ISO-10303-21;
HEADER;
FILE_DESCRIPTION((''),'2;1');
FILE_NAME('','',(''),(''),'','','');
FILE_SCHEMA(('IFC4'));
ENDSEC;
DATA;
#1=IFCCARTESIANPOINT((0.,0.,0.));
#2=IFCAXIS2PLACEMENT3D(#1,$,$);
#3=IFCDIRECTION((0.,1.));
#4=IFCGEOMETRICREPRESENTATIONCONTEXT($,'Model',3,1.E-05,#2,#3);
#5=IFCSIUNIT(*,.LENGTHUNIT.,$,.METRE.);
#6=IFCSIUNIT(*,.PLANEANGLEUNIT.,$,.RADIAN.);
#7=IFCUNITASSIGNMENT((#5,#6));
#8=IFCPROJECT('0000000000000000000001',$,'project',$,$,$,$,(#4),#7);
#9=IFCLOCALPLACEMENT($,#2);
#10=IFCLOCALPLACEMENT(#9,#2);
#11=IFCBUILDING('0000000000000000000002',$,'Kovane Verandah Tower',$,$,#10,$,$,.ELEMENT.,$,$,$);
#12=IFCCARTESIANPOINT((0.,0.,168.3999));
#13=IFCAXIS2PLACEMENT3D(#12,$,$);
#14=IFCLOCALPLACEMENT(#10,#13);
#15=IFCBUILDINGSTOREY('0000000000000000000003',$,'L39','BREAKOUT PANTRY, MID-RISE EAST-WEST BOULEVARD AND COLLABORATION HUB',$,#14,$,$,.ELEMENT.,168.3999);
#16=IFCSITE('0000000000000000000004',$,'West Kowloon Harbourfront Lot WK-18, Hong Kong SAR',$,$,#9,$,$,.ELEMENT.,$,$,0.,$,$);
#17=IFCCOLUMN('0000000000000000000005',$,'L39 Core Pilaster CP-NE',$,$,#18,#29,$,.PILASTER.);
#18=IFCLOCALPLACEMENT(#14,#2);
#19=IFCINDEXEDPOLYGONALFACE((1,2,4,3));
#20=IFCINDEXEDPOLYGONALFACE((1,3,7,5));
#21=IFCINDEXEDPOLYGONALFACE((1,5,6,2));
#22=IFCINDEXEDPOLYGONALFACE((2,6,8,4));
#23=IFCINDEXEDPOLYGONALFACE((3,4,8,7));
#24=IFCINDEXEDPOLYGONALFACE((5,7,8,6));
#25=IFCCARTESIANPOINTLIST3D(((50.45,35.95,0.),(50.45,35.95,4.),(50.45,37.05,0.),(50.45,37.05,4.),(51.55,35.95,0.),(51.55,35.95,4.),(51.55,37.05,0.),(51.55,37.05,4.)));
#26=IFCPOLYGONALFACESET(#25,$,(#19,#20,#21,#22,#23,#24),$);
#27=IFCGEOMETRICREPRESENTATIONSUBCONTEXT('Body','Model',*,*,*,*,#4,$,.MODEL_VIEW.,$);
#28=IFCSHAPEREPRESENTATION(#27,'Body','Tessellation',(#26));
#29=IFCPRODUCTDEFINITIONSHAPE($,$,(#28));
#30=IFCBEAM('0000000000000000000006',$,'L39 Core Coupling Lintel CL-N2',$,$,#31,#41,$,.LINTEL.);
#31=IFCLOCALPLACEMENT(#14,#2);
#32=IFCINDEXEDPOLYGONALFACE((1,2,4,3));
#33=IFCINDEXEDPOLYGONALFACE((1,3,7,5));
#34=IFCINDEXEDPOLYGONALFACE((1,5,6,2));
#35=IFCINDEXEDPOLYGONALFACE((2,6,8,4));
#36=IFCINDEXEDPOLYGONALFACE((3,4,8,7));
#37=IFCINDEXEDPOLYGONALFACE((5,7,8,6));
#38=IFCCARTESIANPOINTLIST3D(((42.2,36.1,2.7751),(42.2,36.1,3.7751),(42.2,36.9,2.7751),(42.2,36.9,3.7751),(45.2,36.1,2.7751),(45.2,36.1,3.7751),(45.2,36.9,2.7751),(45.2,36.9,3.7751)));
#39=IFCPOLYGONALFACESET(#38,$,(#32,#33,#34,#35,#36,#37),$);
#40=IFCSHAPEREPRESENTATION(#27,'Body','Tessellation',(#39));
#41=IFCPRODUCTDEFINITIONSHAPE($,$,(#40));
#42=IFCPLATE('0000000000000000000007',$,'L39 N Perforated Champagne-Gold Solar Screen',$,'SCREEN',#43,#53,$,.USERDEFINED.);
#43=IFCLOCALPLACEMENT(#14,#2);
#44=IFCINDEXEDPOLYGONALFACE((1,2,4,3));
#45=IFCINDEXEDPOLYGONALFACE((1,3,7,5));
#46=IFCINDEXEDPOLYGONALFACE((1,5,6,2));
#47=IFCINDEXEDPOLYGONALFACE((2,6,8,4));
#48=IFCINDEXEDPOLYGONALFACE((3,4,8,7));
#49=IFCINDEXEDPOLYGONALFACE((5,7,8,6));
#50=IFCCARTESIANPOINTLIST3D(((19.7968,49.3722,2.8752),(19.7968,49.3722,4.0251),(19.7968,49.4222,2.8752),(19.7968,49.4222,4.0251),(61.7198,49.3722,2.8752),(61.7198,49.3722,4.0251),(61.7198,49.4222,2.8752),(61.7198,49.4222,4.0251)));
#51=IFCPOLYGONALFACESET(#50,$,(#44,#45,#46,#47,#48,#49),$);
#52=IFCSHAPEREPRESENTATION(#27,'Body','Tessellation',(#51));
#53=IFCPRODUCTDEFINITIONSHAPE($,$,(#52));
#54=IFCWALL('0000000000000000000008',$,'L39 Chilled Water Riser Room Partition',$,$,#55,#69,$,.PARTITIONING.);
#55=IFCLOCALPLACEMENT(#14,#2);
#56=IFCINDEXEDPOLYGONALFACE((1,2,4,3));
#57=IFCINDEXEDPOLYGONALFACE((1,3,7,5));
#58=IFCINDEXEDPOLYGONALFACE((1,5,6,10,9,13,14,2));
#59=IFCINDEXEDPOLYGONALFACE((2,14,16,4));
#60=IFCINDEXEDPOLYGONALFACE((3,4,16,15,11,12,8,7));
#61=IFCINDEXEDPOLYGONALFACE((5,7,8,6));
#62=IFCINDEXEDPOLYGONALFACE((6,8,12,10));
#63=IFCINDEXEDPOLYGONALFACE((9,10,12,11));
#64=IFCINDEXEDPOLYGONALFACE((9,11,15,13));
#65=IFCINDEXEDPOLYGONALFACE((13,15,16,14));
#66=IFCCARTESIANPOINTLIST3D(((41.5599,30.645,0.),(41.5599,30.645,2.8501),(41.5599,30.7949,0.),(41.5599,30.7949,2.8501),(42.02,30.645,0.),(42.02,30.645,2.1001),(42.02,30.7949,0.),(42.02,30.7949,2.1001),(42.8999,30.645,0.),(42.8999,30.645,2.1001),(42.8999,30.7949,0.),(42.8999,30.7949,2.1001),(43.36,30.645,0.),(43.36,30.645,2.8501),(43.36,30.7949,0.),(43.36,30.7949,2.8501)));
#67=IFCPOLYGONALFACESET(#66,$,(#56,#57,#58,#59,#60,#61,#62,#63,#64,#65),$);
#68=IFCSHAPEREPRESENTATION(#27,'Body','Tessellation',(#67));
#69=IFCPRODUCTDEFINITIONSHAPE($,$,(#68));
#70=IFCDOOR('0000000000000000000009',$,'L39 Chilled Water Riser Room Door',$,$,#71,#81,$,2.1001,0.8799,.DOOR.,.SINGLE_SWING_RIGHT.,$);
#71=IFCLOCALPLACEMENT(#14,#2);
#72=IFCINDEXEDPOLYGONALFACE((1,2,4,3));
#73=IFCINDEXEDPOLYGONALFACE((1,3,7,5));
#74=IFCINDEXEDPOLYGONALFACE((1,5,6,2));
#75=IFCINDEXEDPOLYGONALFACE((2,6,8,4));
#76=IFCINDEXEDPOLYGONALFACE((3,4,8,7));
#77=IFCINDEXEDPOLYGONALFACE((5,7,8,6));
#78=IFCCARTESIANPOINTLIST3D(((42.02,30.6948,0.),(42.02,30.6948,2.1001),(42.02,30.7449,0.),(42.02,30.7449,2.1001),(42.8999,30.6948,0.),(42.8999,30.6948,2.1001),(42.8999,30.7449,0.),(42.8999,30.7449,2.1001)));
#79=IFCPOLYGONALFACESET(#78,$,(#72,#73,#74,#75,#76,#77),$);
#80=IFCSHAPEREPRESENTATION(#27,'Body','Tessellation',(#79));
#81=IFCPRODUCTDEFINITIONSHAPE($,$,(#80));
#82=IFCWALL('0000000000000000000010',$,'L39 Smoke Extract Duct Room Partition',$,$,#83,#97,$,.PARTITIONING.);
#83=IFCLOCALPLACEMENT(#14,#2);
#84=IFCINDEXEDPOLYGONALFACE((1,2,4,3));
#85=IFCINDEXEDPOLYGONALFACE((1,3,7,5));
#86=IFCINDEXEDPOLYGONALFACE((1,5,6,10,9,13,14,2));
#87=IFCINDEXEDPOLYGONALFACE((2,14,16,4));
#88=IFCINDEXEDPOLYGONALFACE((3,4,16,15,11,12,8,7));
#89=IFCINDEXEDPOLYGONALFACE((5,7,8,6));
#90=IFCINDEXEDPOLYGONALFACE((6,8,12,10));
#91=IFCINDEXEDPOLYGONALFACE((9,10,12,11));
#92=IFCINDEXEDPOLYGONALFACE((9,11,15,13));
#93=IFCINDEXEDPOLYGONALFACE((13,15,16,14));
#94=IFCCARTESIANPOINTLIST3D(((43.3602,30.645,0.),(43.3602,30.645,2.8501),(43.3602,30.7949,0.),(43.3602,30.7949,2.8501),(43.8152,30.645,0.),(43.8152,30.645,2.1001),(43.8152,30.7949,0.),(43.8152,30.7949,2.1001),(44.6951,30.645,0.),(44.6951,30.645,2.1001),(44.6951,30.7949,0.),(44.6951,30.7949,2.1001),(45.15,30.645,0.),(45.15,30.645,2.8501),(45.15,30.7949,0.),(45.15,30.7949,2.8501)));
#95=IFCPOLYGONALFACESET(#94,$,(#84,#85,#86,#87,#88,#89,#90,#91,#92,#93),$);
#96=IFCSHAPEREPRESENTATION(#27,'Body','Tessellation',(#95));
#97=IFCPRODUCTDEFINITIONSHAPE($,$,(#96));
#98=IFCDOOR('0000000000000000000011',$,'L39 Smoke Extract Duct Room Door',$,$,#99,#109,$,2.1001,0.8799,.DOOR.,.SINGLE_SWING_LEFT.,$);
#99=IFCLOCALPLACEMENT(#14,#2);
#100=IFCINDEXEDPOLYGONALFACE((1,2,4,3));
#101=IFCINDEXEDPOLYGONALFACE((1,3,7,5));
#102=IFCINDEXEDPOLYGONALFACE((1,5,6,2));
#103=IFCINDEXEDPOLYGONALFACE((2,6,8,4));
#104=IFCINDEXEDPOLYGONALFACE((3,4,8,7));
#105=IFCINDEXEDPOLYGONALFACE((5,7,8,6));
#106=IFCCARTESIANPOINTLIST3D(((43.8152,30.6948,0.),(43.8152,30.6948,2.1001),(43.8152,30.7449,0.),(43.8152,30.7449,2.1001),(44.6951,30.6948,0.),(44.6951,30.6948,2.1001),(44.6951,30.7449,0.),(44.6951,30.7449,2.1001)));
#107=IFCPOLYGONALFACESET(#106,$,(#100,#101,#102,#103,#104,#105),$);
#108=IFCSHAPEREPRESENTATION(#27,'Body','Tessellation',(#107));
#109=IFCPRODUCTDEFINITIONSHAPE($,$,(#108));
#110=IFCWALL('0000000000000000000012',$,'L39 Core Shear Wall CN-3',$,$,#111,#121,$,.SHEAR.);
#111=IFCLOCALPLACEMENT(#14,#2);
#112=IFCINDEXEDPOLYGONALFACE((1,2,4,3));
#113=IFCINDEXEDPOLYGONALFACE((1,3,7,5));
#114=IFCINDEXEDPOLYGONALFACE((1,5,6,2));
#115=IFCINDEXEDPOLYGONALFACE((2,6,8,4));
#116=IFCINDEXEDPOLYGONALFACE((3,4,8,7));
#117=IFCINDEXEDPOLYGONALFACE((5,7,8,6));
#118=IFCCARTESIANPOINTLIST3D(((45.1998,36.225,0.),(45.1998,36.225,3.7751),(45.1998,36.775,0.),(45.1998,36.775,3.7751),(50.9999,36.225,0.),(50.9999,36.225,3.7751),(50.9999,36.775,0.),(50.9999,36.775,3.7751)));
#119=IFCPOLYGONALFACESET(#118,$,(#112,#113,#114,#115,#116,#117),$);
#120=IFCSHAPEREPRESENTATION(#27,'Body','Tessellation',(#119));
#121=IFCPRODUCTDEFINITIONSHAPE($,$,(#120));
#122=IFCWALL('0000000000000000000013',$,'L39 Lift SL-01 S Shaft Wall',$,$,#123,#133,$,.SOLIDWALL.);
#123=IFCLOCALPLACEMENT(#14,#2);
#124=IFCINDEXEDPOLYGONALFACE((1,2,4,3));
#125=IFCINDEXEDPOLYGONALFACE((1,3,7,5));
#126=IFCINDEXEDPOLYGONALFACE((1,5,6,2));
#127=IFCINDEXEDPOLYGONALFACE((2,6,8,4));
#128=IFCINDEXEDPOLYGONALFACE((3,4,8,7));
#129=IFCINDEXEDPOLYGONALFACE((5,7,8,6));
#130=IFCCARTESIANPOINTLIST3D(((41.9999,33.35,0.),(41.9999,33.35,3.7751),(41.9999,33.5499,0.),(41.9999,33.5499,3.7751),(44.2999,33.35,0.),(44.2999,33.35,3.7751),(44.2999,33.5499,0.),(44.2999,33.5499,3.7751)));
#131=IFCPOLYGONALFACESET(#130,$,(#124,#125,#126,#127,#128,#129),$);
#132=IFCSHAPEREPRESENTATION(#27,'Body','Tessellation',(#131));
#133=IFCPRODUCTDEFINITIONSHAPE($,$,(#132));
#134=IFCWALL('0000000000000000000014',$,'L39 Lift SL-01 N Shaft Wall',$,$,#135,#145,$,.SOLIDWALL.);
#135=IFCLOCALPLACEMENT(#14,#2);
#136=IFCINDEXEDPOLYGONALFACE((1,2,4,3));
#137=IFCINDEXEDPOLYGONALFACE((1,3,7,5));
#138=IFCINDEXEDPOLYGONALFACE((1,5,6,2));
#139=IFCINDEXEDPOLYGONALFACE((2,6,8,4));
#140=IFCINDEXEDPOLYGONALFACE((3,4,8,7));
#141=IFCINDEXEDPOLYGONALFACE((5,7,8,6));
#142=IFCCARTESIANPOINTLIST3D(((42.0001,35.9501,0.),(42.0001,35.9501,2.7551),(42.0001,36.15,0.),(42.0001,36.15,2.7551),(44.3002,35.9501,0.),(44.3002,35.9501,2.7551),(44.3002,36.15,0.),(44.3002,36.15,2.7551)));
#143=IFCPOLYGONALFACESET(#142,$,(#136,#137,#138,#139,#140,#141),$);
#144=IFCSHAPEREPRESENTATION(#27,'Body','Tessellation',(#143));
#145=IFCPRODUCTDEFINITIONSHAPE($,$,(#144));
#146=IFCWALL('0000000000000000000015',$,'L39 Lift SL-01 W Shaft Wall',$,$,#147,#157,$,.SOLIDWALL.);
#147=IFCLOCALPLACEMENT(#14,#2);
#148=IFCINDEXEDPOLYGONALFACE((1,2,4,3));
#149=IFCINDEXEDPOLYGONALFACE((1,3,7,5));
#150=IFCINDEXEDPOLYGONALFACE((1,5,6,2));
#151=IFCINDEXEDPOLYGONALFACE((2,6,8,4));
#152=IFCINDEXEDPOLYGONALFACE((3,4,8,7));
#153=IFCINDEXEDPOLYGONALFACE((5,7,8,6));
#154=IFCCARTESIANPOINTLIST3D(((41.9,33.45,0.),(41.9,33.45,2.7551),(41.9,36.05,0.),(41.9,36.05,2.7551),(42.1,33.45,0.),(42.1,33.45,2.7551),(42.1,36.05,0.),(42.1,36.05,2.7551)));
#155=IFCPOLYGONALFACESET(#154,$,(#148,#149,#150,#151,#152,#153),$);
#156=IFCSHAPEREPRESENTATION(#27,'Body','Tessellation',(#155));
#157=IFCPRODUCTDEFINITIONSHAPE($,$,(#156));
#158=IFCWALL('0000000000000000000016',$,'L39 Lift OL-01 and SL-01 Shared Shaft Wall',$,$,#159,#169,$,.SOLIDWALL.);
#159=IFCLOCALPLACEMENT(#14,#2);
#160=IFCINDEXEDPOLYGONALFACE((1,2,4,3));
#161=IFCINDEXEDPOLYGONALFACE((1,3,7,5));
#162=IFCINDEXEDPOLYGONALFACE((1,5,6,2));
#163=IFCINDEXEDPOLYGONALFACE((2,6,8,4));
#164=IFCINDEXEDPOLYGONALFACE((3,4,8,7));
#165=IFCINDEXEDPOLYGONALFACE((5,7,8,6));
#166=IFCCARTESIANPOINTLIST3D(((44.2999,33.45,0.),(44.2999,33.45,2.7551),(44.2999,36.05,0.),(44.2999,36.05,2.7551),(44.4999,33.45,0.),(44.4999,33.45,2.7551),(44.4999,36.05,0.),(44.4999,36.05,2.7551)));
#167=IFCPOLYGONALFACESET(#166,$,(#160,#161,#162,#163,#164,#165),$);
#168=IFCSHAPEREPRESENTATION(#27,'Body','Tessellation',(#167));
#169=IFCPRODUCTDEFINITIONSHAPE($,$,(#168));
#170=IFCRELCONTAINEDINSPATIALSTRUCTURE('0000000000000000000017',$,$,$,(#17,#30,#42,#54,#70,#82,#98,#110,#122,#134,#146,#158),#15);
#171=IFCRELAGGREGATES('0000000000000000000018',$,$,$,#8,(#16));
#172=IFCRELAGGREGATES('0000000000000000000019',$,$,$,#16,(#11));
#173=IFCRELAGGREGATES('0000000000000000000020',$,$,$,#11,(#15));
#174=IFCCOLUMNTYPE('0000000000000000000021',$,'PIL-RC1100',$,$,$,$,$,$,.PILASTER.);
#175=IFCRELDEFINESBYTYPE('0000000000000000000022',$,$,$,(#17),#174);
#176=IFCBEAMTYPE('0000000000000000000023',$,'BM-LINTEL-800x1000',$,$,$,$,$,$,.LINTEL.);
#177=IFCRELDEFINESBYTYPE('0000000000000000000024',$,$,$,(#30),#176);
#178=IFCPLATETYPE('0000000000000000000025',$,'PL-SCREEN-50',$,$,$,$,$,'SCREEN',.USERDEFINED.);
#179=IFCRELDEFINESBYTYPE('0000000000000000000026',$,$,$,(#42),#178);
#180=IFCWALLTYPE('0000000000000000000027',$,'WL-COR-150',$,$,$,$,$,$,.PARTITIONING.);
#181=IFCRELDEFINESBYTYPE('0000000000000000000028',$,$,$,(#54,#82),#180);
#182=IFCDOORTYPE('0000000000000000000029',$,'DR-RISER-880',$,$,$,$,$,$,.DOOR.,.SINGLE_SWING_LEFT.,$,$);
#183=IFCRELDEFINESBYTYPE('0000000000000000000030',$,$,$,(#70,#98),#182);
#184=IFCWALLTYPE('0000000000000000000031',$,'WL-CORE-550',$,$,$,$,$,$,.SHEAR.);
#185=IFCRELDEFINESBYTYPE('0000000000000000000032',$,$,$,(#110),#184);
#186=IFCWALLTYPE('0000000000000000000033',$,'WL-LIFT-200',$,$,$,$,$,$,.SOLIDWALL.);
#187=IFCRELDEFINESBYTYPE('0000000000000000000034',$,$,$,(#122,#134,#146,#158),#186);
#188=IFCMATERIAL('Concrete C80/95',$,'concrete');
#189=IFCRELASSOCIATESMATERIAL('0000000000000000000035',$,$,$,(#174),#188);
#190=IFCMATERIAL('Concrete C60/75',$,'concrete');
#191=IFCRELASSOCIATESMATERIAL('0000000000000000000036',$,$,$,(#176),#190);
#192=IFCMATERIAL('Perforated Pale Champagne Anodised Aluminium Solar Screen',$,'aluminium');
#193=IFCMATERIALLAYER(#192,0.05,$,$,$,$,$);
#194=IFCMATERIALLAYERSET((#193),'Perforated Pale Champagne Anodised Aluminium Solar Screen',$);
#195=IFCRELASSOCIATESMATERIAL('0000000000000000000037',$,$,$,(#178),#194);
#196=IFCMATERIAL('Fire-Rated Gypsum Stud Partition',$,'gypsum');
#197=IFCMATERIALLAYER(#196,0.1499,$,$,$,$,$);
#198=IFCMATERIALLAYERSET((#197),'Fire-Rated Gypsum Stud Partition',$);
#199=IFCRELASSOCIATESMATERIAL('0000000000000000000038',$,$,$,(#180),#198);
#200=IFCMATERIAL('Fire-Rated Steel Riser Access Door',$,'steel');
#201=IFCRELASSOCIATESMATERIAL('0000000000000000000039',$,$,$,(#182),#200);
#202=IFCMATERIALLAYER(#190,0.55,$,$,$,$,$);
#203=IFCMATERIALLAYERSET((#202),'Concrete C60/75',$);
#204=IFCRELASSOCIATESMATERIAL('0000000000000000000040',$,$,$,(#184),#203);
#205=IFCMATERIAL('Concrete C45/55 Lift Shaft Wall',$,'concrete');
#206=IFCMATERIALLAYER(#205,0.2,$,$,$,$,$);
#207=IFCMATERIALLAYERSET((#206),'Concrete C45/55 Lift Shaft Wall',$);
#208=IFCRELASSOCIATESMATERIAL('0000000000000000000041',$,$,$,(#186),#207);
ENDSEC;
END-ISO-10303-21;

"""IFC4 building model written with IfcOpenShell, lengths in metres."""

from ifc_helpers import new_model, si_unit, direction, frame, frame_2d, origin, origin_2d, place, context, subcontext, project, spatial, rectangle, extrude, material, layer, layer_set, material_profile, profile_set, type_object, element, fill, save


model = new_model("IFC4")

# Units and contexts
model_context = context("Model", 3, precision=1e-05, world=origin(), true_north=direction((0.0, 1.0)))
body_context = subcontext(model_context, "Body", "Model", "MODEL_VIEW")
ifc_project = project(units=[si_unit("LENGTHUNIT", "METRE"), si_unit("PLANEANGLEUNIT", "RADIAN")], contexts=[model_context])

# Site, building, storey
site_placement = place(None, origin())
site = spatial("IfcSite", under=ifc_project, at=site_placement, Name="West Kowloon Harbourfront Lot WK-18, Hong Kong SAR", CompositionType="ELEMENT", RefElevation=0.0)
building_placement = place(site_placement, origin())
building = spatial("IfcBuilding", under=site, at=building_placement, Name="Kovane Verandah Tower", CompositionType="ELEMENT")
storey_placement = place(building_placement, frame((0.0, 0.0, 168.3999)))
storey = spatial("IfcBuildingStorey", under=building, at=storey_placement, Name="L39", Description="BREAKOUT PANTRY, MID-RISE EAST-WEST BOULEVARD AND COLLABORATION HUB", CompositionType="ELEMENT", Elevation=168.3999)

# Column
ifc_material_1 = material(Name="Concrete C80/95", Category="concrete")
ifc_material_profile_1 = material_profile(ifc_material_1, rectangle(XDim=1.1001, YDim=1.1001, at=origin_2d()), Name="RC1100x1100")
ifc_profile_set_1 = profile_set([ifc_material_profile_1], Name="Concrete C80/95")
column_type = type_object("IfcColumnType", Name="PIL-RC1100", PredefinedType="PILASTER", material=ifc_profile_set_1)
column_placement = place(storey_placement, frame((51.0, 36.5, 0.0), z_axis=(0.0, 0.0, 1.0), x_axis=(1.0, 0.0, 0.0)))
element("IfcColumn", 1, at=column_placement, inside=storey, type_object=column_type, Name="L39 Core Pilaster CP-NE", PredefinedType="PILASTER", context=body_context, shape_type="SweptSolid", body=[
    extrude(rectangle(XDim=1.1001, YDim=1.1001, at=origin_2d()), origin(), (0.0, 0.0, 1.0), 4.0),
])

# Beam
ifc_material_2 = material(Name="Concrete C60/75", Category="concrete")
ifc_material_profile_2 = material_profile(ifc_material_2, rectangle(XDim=0.8, YDim=1.0, at=origin_2d()), Name="RCB800x1000")
ifc_profile_set_2 = profile_set([ifc_material_profile_2], Name="Concrete C60/75")
beam_type = type_object("IfcBeamType", Name="BM-LINTEL-800x1000", PredefinedType="LINTEL", material=ifc_profile_set_2)
beam_placement = place(storey_placement, frame((42.2, 36.5, 3.2751), z_axis=(1.0, 0.0, 0.0), x_axis=(0.0, 1.0, 0.0)))
element("IfcBeam", 2, at=beam_placement, inside=storey, type_object=beam_type, Name="L39 Core Coupling Lintel CL-N2", PredefinedType="LINTEL", context=body_context, shape_type="SweptSolid", body=[
    extrude(rectangle(XDim=0.8, YDim=1.0, at=origin_2d()), origin(), (0.0, 0.0, 1.0), 3.0),
])

# Plate
ifc_material_3 = material(Name="Perforated Pale Champagne Anodised Aluminium Solar Screen", Category="aluminium")
ifc_layer_1 = layer(ifc_material_3, 0.05)
ifc_layer_set_1 = layer_set([ifc_layer_1], Name="Perforated Pale Champagne Anodised Aluminium Solar Screen")
plate_type = type_object("IfcPlateType", Name="PL-SCREEN-50", ElementType="SCREEN", PredefinedType="USERDEFINED", material=ifc_layer_set_1)
plate_placement = place(storey_placement, frame((40.7583, 49.3972, 2.8752), z_axis=(0.0, 0.0, 1.0), x_axis=(-1.0, 0.0, 0.0)))
element("IfcPlate", 3, at=plate_placement, inside=storey, type_object=plate_type, Name="L39 N Perforated Champagne-Gold Solar Screen", ObjectType="SCREEN", PredefinedType="USERDEFINED", context=body_context, shape_type="SweptSolid", body=[
    extrude(rectangle(XDim=41.9231, YDim=0.05, at=origin_2d()), origin(), (0.0, 0.0, 1.0), 1.1499),
])

# Walls, openings, doors
ifc_material_4 = material(Name="Fire-Rated Gypsum Stud Partition", Category="gypsum")
ifc_layer_2 = layer(ifc_material_4, 0.1499)
ifc_layer_set_2 = layer_set([ifc_layer_2], Name="Fire-Rated Gypsum Stud Partition")
wall_type_1 = type_object("IfcWallType", Name="WL-COR-150", PredefinedType="PARTITIONING", material=ifc_layer_set_2)
wall_1_placement = place(storey_placement, frame((41.5601, 30.72, 0.0), z_axis=(0.0, 0.0, 1.0), x_axis=(1.0, 0.0, 0.0)))
wall_1 = element("IfcWall", 4, at=wall_1_placement, inside=storey, type_object=wall_type_1, Name="L39 Chilled Water Riser Room Partition", PredefinedType="PARTITIONING", context=body_context, shape_type="SweptSolid", body=[
    extrude(rectangle(XDim=1.8, YDim=0.1499, at=frame_2d((0.8999, 0.0))), origin(), (0.0, 0.0, 1.0), 2.8501),
])
opening_1_placement = place(wall_1_placement, frame((0.46, 0.0, 0.0)))
opening_1 = element("IfcOpeningElement", 5, at=opening_1_placement, cuts=wall_1, PredefinedType="OPENING", context=body_context, shape_type="SweptSolid", body=[
    extrude(rectangle(XDim=0.8799, YDim=2.1001, at=frame_2d((0.4399, 1.05))), frame((0.0, 0.075, 0.0), z_axis=(0.0, -1.0, 0.0), x_axis=(1.0, 0.0, 0.0)), (0.0, 0.0, 1.0), 0.1499),
])
ifc_material_5 = material(Name="Fire-Rated Steel Riser Access Door", Category="steel")
door_type = type_object("IfcDoorType", Name="DR-RISER-880", OperationType="SINGLE_SWING_LEFT", PredefinedType="DOOR", material=ifc_material_5)
door_1_placement = place(opening_1_placement, origin())
door_1 = element("IfcDoor", 6, at=door_1_placement, inside=storey, type_object=door_type, Name="L39 Chilled Water Riser Room Door", OperationType="SINGLE_SWING_RIGHT", OverallHeight=2.1001, OverallWidth=0.8799, PredefinedType="DOOR", context=body_context, shape_type="SweptSolid", body=[
    extrude(rectangle(XDim=0.8799, YDim=2.1001, at=frame_2d((0.4399, 1.05))), frame((0.0, 0.0249, 0.0), z_axis=(0.0, -1.0, 0.0), x_axis=(1.0, 0.0, 0.0)), (0.0, 0.0, 1.0), 0.05),
])
fill(opening_1, door_1)
wall_2_placement = place(storey_placement, frame((43.3601, 30.72, 0.0), z_axis=(0.0, 0.0, 1.0), x_axis=(1.0, 0.0, 0.0)))
wall_2 = element("IfcWall", 7, at=wall_2_placement, inside=storey, type_object=wall_type_1, Name="L39 Smoke Extract Duct Room Partition", PredefinedType="PARTITIONING", context=body_context, shape_type="SweptSolid", body=[
    extrude(rectangle(XDim=1.7898, YDim=0.1499, at=frame_2d((0.895, 0.0))), origin(), (0.0, 0.0, 1.0), 2.8501),
])
opening_2_placement = place(wall_2_placement, frame((0.4551, 0.0, 0.0)))
opening_2 = element("IfcOpeningElement", 8, at=opening_2_placement, cuts=wall_2, PredefinedType="OPENING", context=body_context, shape_type="SweptSolid", body=[
    extrude(rectangle(XDim=0.8799, YDim=2.1001, at=frame_2d((0.4399, 1.05))), frame((0.0, 0.075, 0.0), z_axis=(0.0, -1.0, 0.0), x_axis=(1.0, 0.0, 0.0)), (0.0, 0.0, 1.0), 0.1499),
])
door_2_placement = place(opening_2_placement, origin())
door_2 = element("IfcDoor", 9, at=door_2_placement, inside=storey, type_object=door_type, Name="L39 Smoke Extract Duct Room Door", OperationType="SINGLE_SWING_LEFT", OverallHeight=2.1001, OverallWidth=0.8799, PredefinedType="DOOR", context=body_context, shape_type="SweptSolid", body=[
    extrude(rectangle(XDim=0.8799, YDim=2.1001, at=frame_2d((0.4399, 1.05))), frame((0.0, 0.0249, 0.0), z_axis=(0.0, -1.0, 0.0), x_axis=(1.0, 0.0, 0.0)), (0.0, 0.0, 1.0), 0.05),
])
fill(opening_2, door_2)

# Walls
ifc_layer_3 = layer(ifc_material_2, 0.55)
ifc_layer_set_3 = layer_set([ifc_layer_3], Name="Concrete C60/75")
wall_type_2 = type_object("IfcWallType", Name="WL-CORE-550", PredefinedType="SHEAR", material=ifc_layer_set_3)
wall_3_placement = place(storey_placement, frame((45.2, 36.5, 0.0), z_axis=(0.0, 0.0, 1.0), x_axis=(1.0, 0.0, 0.0)))
element("IfcWall", 10, at=wall_3_placement, inside=storey, type_object=wall_type_2, Name="L39 Core Shear Wall CN-3", PredefinedType="SHEAR", context=body_context, shape_type="SweptSolid", body=[
    extrude(rectangle(XDim=5.8, YDim=0.55, at=frame_2d((2.8999, 0.0))), origin(), (0.0, 0.0, 1.0), 3.7751),
])
ifc_material_6 = material(Name="Concrete C45/55 Lift Shaft Wall", Category="concrete")
ifc_layer_4 = layer(ifc_material_6, 0.2)
ifc_layer_set_4 = layer_set([ifc_layer_4], Name="Concrete C45/55 Lift Shaft Wall")
wall_type_3 = type_object("IfcWallType", Name="WL-LIFT-200", PredefinedType="SOLIDWALL", material=ifc_layer_set_4)
wall_4_placement = place(storey_placement, frame((42.0, 33.45, 0.0), z_axis=(0.0, 0.0, 1.0), x_axis=(1.0, 0.0, 0.0)))
element("IfcWall", 11, at=wall_4_placement, inside=storey, type_object=wall_type_3, Name="L39 Lift SL-01 S Shaft Wall", PredefinedType="SOLIDWALL", context=body_context, shape_type="SweptSolid", body=[
    extrude(rectangle(XDim=2.3, YDim=0.2, at=frame_2d((1.1499, 0.0))), origin(), (0.0, 0.0, 1.0), 3.7751),
])
wall_5_placement = place(storey_placement, frame((44.3, 36.05, 0.0), z_axis=(0.0, 0.0, 1.0), x_axis=(-1.0, 0.0, 0.0)))
element("IfcWall", 12, at=wall_5_placement, inside=storey, type_object=wall_type_3, Name="L39 Lift SL-01 N Shaft Wall", PredefinedType="SOLIDWALL", context=body_context, shape_type="SweptSolid", body=[
    extrude(rectangle(XDim=2.3, YDim=0.2, at=frame_2d((1.1499, 0.0))), origin(), (0.0, 0.0, 1.0), 2.7551),
])
for number, where, z_axis, x_axis, name in (
    (13, (42.0, 36.05, 0.0), (0.0, 0.0, 1.0), (0.0, -1.0, 0.0), "L39 Lift SL-01 W Shaft Wall"),
    (14, (44.3999, 33.45, 0.0), (0.0, 0.0, 1.0), (0.0, 1.0, 0.0), "L39 Lift OL-01 and SL-01 Shared Shaft Wall"),
):
    element("IfcWall", number, at=place(storey_placement, frame(where, z_axis=z_axis, x_axis=x_axis)), inside=storey, type_object=wall_type_3, Name=name, PredefinedType="SOLIDWALL", context=body_context, shape_type="SweptSolid", body=[
        extrude(rectangle(XDim=2.6001, YDim=0.2, at=frame_2d((1.3, 0.0))), origin(), (0.0, 0.0, 1.0), 2.7551),
    ])

save(model, "model.ifc")
